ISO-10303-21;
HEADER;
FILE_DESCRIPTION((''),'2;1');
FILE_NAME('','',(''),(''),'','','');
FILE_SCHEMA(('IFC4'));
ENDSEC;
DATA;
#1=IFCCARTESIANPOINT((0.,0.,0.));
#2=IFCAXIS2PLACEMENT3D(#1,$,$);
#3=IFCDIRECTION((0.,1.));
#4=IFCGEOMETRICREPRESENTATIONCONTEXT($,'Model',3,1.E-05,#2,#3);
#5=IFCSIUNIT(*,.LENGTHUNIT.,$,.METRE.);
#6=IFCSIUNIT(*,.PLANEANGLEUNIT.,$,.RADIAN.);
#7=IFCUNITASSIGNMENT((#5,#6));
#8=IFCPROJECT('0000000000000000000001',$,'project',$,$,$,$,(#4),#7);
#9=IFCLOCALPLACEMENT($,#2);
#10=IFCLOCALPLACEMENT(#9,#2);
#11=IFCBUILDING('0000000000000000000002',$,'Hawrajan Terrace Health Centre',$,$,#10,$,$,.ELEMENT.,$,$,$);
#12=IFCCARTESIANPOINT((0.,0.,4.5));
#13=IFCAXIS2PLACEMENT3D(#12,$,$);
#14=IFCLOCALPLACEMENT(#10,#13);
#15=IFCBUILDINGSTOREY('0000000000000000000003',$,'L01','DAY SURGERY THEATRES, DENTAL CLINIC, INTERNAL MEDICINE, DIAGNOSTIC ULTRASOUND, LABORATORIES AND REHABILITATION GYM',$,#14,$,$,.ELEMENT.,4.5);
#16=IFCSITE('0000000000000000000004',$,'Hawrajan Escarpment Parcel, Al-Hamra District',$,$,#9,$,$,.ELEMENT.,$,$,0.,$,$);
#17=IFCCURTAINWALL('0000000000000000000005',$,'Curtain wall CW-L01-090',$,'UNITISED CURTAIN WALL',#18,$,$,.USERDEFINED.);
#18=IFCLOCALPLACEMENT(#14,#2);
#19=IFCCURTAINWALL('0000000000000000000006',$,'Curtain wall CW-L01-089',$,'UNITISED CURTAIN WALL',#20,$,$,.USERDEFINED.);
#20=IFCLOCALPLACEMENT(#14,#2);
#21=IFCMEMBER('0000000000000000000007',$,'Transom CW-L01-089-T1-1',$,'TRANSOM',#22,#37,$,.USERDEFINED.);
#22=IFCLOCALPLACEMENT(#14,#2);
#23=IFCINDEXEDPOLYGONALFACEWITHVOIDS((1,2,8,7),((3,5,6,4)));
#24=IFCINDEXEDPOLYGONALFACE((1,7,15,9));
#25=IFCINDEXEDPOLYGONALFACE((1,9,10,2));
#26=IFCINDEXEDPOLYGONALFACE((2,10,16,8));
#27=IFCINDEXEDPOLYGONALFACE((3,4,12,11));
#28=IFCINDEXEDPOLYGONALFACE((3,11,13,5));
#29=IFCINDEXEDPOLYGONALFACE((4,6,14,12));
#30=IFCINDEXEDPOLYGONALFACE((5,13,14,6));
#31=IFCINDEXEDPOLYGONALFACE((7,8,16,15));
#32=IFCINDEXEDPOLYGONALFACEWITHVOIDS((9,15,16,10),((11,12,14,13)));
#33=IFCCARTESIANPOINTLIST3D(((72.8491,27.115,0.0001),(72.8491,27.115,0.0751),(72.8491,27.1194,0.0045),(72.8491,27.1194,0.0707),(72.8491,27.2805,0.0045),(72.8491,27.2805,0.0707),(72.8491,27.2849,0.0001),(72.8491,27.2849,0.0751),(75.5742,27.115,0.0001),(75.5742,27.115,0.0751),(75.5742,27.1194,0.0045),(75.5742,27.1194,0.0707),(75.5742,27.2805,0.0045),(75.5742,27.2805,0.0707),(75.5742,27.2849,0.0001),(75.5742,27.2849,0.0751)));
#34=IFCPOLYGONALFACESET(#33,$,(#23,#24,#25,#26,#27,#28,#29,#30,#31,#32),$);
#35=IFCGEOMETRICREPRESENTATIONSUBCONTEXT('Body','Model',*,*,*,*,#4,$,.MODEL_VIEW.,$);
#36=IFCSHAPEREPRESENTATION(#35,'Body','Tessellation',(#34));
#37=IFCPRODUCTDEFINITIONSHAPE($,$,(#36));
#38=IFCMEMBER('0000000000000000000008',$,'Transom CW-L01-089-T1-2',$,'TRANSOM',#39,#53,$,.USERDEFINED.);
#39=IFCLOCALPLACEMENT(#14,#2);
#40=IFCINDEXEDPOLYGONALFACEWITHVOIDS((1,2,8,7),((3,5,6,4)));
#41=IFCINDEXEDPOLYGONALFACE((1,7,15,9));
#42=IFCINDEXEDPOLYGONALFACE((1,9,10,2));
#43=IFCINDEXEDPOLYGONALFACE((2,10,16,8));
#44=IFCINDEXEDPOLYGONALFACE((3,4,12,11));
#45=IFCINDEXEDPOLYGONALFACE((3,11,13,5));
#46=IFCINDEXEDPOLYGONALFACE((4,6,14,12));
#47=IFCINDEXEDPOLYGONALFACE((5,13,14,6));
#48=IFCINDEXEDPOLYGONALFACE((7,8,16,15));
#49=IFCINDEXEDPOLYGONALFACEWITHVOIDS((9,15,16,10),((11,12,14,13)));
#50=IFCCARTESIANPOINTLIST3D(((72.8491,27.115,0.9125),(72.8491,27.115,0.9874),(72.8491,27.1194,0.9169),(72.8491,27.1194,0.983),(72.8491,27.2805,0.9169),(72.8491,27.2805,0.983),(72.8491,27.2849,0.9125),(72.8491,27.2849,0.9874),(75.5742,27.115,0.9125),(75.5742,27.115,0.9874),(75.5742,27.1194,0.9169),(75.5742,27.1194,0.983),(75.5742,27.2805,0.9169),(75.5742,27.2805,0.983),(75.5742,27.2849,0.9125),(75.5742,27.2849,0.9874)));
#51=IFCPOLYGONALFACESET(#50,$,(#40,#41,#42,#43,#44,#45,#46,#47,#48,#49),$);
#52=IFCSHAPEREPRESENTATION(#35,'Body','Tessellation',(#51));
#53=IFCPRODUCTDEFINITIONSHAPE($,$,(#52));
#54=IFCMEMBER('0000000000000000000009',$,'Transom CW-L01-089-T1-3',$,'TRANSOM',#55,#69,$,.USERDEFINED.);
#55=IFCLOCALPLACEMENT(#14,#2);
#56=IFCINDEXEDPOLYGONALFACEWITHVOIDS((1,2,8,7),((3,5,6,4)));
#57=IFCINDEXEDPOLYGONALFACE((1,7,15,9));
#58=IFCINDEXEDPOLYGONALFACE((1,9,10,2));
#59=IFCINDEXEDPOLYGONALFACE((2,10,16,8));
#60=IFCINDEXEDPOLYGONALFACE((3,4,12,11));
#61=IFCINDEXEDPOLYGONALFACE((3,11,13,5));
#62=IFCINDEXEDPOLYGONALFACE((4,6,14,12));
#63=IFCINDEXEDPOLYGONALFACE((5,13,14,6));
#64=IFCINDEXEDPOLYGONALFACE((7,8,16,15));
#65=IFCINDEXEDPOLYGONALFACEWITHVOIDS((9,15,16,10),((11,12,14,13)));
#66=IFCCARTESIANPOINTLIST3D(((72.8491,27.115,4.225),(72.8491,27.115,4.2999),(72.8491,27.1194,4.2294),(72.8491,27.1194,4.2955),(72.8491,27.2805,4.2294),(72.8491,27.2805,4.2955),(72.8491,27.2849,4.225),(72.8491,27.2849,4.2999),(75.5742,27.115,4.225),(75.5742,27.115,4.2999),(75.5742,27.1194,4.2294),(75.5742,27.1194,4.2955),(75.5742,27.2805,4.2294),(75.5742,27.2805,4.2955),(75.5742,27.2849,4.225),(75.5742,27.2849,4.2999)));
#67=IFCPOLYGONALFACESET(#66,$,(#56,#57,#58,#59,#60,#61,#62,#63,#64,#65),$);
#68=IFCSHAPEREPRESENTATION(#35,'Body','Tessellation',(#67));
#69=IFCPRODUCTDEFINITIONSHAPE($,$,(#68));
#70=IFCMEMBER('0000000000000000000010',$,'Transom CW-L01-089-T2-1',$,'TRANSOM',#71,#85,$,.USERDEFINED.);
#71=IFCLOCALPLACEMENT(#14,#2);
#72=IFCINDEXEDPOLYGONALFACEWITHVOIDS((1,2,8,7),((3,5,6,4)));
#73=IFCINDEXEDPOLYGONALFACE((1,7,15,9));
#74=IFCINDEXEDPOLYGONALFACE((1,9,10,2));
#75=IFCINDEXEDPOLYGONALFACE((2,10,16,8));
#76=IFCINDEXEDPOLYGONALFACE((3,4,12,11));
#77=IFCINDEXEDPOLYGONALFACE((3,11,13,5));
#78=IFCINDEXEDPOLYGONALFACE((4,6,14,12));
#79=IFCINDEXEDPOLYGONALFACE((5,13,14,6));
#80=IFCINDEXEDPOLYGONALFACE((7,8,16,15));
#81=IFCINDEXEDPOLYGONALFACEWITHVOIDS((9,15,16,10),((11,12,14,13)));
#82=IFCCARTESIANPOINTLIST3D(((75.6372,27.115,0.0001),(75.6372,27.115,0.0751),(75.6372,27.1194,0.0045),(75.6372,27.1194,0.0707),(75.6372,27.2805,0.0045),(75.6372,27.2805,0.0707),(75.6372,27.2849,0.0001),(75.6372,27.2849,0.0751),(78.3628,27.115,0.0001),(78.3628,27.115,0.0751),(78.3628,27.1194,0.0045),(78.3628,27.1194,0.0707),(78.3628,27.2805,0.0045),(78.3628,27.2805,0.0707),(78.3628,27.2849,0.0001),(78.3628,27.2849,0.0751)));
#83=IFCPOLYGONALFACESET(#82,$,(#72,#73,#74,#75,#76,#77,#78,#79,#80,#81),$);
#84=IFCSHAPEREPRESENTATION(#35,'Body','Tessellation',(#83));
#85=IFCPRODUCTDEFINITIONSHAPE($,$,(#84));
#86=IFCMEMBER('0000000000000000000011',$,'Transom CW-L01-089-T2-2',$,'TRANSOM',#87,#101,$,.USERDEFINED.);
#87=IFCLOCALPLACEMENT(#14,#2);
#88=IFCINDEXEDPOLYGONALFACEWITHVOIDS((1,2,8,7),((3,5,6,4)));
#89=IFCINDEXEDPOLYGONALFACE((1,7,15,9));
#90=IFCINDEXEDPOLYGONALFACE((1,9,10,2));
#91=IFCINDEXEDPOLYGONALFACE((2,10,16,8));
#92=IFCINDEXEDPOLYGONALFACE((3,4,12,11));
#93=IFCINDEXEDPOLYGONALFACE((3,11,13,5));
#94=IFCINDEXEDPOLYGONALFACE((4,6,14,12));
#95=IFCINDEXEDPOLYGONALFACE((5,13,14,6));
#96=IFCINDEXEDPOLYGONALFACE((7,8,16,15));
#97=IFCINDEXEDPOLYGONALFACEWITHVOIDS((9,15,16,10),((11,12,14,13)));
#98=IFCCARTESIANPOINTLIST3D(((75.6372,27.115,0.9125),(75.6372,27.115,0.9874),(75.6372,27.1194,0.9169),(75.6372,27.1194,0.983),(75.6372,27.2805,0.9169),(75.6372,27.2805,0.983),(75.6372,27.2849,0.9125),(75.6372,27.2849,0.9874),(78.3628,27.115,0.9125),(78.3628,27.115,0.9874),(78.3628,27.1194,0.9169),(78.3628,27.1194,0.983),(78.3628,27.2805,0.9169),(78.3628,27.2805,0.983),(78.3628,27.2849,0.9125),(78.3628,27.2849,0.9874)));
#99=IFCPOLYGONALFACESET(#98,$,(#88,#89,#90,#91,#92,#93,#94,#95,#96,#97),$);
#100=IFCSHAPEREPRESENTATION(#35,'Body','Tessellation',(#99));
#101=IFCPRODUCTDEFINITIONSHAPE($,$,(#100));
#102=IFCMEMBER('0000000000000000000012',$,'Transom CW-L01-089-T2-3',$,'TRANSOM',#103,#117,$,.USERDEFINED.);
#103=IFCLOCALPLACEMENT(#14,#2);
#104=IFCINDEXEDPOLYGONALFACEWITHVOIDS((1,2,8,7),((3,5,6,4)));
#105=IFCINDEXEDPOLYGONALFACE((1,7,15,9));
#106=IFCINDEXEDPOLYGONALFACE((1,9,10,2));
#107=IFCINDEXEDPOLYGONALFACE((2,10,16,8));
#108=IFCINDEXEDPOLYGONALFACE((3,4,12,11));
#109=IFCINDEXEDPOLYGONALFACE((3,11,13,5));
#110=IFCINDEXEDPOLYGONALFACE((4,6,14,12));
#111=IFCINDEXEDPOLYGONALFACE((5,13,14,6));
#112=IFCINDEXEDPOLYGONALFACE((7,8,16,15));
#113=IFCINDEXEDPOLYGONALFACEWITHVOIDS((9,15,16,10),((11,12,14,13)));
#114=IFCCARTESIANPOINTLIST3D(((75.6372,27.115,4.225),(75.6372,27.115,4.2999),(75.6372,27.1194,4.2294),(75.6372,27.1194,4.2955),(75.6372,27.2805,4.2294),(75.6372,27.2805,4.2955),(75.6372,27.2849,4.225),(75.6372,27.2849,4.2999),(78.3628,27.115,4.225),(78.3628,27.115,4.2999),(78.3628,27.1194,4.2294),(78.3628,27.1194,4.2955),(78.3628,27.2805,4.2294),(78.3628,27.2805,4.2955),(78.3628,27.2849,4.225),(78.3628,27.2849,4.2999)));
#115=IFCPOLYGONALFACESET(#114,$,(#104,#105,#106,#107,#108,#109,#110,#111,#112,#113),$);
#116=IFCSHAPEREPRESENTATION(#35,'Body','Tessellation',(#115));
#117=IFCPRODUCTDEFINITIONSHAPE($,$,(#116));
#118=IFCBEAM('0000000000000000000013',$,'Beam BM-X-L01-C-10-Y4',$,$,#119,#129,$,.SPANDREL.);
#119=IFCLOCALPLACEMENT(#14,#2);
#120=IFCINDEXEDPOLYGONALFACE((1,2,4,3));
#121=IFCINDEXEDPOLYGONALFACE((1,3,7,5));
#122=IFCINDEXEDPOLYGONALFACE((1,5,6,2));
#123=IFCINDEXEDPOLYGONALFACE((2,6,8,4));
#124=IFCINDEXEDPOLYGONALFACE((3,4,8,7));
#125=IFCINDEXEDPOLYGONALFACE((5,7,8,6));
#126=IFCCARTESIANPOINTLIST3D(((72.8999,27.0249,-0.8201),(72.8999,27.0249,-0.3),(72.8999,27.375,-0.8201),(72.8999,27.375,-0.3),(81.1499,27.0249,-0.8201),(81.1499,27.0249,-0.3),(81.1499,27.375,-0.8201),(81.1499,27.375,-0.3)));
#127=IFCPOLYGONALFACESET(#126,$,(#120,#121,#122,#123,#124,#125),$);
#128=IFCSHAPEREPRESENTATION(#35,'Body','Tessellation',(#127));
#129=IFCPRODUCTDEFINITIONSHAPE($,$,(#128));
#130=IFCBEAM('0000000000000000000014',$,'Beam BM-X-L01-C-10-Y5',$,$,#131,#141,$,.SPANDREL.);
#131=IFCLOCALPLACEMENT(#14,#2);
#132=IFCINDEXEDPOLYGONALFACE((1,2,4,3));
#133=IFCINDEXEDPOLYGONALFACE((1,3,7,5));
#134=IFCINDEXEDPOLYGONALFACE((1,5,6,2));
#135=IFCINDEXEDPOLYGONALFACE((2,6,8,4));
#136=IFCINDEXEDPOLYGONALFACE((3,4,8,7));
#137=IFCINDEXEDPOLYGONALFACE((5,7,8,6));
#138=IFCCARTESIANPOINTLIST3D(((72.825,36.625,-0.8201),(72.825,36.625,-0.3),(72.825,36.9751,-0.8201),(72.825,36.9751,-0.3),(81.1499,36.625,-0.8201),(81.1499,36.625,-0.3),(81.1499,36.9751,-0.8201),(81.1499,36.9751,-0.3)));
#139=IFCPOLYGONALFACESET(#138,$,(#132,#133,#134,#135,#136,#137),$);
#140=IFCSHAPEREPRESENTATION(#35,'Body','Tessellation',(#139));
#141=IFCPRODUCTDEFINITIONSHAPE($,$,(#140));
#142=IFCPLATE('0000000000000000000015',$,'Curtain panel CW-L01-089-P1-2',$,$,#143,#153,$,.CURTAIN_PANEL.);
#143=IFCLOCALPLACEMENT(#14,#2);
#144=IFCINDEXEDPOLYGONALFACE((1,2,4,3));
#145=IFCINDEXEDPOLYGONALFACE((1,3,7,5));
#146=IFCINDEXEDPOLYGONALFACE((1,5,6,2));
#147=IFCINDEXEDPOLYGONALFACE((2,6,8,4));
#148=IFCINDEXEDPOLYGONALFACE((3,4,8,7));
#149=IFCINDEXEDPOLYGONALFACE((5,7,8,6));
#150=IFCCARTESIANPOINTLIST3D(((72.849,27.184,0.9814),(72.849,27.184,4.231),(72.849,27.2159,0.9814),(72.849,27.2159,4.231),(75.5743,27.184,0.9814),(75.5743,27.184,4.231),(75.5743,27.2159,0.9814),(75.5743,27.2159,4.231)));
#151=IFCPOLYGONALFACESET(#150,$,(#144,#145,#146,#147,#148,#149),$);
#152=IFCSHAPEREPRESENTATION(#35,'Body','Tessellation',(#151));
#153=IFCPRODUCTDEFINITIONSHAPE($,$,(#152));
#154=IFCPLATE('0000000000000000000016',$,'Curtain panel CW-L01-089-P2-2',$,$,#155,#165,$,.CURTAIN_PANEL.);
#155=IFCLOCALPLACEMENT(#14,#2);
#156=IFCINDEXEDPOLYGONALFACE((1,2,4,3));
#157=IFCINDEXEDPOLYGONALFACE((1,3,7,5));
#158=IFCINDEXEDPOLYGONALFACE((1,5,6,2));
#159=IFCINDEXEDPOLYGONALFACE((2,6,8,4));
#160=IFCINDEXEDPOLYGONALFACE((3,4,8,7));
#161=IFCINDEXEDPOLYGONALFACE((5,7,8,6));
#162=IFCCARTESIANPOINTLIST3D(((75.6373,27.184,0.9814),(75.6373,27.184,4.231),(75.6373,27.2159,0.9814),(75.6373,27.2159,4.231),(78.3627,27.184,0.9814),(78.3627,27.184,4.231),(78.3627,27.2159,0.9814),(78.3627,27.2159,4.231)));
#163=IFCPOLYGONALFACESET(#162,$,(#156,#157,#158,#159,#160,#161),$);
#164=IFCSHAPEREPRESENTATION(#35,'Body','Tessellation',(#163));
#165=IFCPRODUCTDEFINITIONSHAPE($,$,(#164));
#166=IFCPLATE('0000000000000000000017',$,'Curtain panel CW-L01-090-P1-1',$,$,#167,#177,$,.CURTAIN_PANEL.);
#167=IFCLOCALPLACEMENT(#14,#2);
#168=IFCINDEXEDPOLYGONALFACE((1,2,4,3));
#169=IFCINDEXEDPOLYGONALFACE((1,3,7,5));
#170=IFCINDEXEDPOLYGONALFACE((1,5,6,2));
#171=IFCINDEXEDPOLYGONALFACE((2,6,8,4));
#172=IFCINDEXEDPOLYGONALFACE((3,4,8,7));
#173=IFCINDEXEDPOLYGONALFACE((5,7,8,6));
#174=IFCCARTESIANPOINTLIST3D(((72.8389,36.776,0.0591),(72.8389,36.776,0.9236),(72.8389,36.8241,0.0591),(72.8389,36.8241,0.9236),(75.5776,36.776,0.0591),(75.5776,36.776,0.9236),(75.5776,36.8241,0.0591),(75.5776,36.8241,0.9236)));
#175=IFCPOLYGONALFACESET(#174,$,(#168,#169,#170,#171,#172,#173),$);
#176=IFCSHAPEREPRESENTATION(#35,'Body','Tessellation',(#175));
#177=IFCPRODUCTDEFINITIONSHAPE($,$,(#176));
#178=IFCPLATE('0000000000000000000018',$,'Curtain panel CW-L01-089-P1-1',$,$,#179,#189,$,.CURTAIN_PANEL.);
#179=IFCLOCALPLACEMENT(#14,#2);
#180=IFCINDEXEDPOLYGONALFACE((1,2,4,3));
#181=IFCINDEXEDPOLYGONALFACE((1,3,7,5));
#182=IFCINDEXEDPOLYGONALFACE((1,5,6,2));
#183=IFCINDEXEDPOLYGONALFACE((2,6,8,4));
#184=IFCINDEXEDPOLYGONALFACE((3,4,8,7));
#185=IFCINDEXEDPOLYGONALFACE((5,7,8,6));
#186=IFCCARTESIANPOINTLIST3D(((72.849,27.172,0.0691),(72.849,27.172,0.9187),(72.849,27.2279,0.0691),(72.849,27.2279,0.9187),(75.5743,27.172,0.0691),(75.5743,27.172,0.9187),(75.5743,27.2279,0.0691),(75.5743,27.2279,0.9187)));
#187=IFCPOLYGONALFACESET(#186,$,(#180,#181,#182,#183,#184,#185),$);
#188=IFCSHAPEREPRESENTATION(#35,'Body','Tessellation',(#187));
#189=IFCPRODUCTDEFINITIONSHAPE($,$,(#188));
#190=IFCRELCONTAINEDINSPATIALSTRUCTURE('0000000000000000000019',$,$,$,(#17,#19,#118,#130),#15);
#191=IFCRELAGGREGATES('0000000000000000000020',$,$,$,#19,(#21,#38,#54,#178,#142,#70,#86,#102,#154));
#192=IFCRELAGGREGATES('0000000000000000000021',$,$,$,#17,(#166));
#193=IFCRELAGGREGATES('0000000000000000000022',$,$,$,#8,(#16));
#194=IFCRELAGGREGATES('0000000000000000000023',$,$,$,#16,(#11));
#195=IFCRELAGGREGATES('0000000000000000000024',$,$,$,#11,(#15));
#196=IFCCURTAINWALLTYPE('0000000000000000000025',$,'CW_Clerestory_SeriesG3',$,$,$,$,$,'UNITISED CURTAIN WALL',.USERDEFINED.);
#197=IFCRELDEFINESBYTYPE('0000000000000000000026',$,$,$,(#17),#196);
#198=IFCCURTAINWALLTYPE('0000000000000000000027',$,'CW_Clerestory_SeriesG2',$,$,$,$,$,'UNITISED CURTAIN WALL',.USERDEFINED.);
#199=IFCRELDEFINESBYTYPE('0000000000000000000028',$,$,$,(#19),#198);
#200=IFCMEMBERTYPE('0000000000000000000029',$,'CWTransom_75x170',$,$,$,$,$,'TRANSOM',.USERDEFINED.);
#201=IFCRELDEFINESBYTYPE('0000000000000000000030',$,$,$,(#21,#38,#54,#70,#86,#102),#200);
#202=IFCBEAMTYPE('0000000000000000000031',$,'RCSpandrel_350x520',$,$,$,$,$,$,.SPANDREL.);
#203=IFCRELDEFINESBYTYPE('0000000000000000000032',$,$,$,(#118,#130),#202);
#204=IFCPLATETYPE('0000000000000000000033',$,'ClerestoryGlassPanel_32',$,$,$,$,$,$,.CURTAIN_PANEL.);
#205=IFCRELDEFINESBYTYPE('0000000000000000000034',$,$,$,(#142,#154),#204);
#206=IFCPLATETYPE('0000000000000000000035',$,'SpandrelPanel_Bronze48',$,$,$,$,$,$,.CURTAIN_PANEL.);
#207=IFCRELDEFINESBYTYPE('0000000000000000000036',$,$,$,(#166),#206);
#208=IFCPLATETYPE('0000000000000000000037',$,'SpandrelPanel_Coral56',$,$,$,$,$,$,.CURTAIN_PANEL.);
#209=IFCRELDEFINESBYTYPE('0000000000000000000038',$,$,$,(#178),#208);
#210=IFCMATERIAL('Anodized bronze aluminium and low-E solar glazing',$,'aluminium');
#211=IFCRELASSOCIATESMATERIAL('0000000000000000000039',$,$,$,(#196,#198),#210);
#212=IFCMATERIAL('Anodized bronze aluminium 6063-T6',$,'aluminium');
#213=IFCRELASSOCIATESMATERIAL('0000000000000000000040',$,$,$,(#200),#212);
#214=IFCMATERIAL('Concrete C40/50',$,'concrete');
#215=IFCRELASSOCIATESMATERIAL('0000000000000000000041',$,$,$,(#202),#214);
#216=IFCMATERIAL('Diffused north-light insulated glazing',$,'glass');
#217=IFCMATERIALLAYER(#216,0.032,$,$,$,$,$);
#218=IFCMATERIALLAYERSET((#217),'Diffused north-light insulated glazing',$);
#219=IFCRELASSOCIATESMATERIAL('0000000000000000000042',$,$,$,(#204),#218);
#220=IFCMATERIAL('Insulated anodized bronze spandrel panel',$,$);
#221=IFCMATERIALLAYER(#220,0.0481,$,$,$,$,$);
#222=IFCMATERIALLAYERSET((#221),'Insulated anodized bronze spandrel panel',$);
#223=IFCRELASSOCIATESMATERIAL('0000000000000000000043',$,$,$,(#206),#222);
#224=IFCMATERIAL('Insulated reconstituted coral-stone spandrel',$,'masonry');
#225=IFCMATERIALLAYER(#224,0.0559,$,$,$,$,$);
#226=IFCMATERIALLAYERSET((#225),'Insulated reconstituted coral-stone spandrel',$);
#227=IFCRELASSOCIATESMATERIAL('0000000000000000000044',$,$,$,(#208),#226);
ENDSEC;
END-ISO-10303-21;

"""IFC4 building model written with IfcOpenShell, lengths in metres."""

from ifc_helpers import new_model, si_unit, direction, frame, origin, origin_2d, place, context, subcontext, project, spatial, rectangle, hollow_rectangle, extrude, material, layer, layer_set, material_profile, profile_set, type_object, element, aggregate, save


model = new_model("IFC4")

# Units and contexts
model_context = context("Model", 3, precision=1e-05, world=origin(), true_north=direction((0.0, 1.0)))
body_context = subcontext(model_context, "Body", "Model", "MODEL_VIEW")
ifc_project = project(units=[si_unit("LENGTHUNIT", "METRE"), si_unit("PLANEANGLEUNIT", "RADIAN")], contexts=[model_context])

# Site, building, storey
site_placement = place(None, origin())
site = spatial("IfcSite", under=ifc_project, at=site_placement, Name="Hawrajan Escarpment Parcel, Al-Hamra District", CompositionType="ELEMENT", RefElevation=0.0)
building_placement = place(site_placement, origin())
building = spatial("IfcBuilding", under=site, at=building_placement, Name="Hawrajan Terrace Health Centre", CompositionType="ELEMENT")
storey_placement = place(building_placement, frame((0.0, 0.0, 4.5)))
storey = spatial("IfcBuildingStorey", under=building, at=storey_placement, Name="L01", Description="DAY SURGERY THEATRES, DENTAL CLINIC, INTERNAL MEDICINE, DIAGNOSTIC ULTRASOUND, LABORATORIES AND REHABILITATION GYM", CompositionType="ELEMENT", Elevation=4.5)

# Curtain walls
ifc_material_1 = material(Name="Anodized bronze aluminium and low-E solar glazing", Category="aluminium")
curtain_wall_type_1 = type_object("IfcCurtainWallType", Name="CW_Clerestory_SeriesG3", ElementType="UNITISED CURTAIN WALL", PredefinedType="USERDEFINED", material=ifc_material_1)
curtain_wall_1_placement = place(storey_placement, origin())
curtain_wall_1 = element("IfcCurtainWall", 1, at=curtain_wall_1_placement, inside=storey, type_object=curtain_wall_type_1, Name="Curtain wall CW-L01-090", ObjectType="UNITISED CURTAIN WALL", PredefinedType="USERDEFINED")
ifc_material_2 = material(Name="Anodized bronze aluminium 6063-T6", Category="aluminium")
curtain_wall_type_2 = type_object("IfcCurtainWallType", Name="CW_Clerestory_SeriesG2", ElementType="UNITISED CURTAIN WALL", PredefinedType="USERDEFINED", material=ifc_material_1)
curtain_wall_2_placement = place(storey_placement, origin())
curtain_wall_2 = element("IfcCurtainWall", 2, at=curtain_wall_2_placement, inside=storey, type_object=curtain_wall_type_2, Name="Curtain wall CW-L01-089", ObjectType="UNITISED CURTAIN WALL", PredefinedType="USERDEFINED")

# Members
ifc_material_profile_1 = material_profile(ifc_material_2, hollow_rectangle(XDim=0.075, YDim=0.1699, WallThickness=0.0044, at=origin_2d()), Name="CW TRN 75x170")
ifc_profile_set_1 = profile_set([ifc_material_profile_1], Name="Anodized bronze aluminium 6063-T6")
member_type_1 = type_object("IfcMemberType", Name="CWTransom_75x170", ElementType="TRANSOM", PredefinedType="USERDEFINED", material=ifc_profile_set_1)
member_1_placement = place(storey_placement, frame((72.8491, 27.2, 0.0376), z_axis=(1.0, 0.0, 0.0), x_axis=(0.0, 0.0, 1.0)))
member_1 = element("IfcMember", 3, at=member_1_placement, type_object=member_type_1, Name="Transom CW-L01-089-T1-1", ObjectType="TRANSOM", PredefinedType="USERDEFINED", context=body_context, shape_type="SweptSolid", body=[
    extrude(hollow_rectangle(XDim=0.075, YDim=0.1699, WallThickness=0.0044, at=origin_2d()), origin(), (0.0, 0.0, 1.0), 2.7251),
])
member_2_placement = place(storey_placement, frame((72.8491, 27.2, 0.95), z_axis=(1.0, 0.0, 0.0), x_axis=(0.0, 0.0, 1.0)))
member_2 = element("IfcMember", 4, at=member_2_placement, type_object=member_type_1, Name="Transom CW-L01-089-T1-2", ObjectType="TRANSOM", PredefinedType="USERDEFINED", context=body_context, shape_type="SweptSolid", body=[
    extrude(hollow_rectangle(XDim=0.075, YDim=0.1699, WallThickness=0.0044, at=origin_2d()), origin(), (0.0, 0.0, 1.0), 2.7251),
])
member_3_placement = place(storey_placement, frame((72.8491, 27.2, 4.2625), z_axis=(1.0, 0.0, 0.0), x_axis=(0.0, 0.0, 1.0)))
member_3 = element("IfcMember", 5, at=member_3_placement, type_object=member_type_1, Name="Transom CW-L01-089-T1-3", ObjectType="TRANSOM", PredefinedType="USERDEFINED", context=body_context, shape_type="SweptSolid", body=[
    extrude(hollow_rectangle(XDim=0.075, YDim=0.1699, WallThickness=0.0044, at=origin_2d()), origin(), (0.0, 0.0, 1.0), 2.7251),
])
member_4_placement = place(storey_placement, frame((75.6372, 27.2, 0.0376), z_axis=(1.0, 0.0, 0.0), x_axis=(0.0, 0.0, 1.0)))
member_4 = element("IfcMember", 6, at=member_4_placement, type_object=member_type_1, Name="Transom CW-L01-089-T2-1", ObjectType="TRANSOM", PredefinedType="USERDEFINED", context=body_context, shape_type="SweptSolid", body=[
    extrude(hollow_rectangle(XDim=0.075, YDim=0.1699, WallThickness=0.0044, at=origin_2d()), origin(), (0.0, 0.0, 1.0), 2.7256),
])
member_5_placement = place(storey_placement, frame((75.6372, 27.2, 0.95), z_axis=(1.0, 0.0, 0.0), x_axis=(0.0, 0.0, 1.0)))
member_5 = element("IfcMember", 7, at=member_5_placement, type_object=member_type_1, Name="Transom CW-L01-089-T2-2", ObjectType="TRANSOM", PredefinedType="USERDEFINED", context=body_context, shape_type="SweptSolid", body=[
    extrude(hollow_rectangle(XDim=0.075, YDim=0.1699, WallThickness=0.0044, at=origin_2d()), origin(), (0.0, 0.0, 1.0), 2.7256),
])
member_6_placement = place(storey_placement, frame((75.6372, 27.2, 4.2625), z_axis=(1.0, 0.0, 0.0), x_axis=(0.0, 0.0, 1.0)))
member_6 = element("IfcMember", 8, at=member_6_placement, type_object=member_type_1, Name="Transom CW-L01-089-T2-3", ObjectType="TRANSOM", PredefinedType="USERDEFINED", context=body_context, shape_type="SweptSolid", body=[
    extrude(hollow_rectangle(XDim=0.075, YDim=0.1699, WallThickness=0.0044, at=origin_2d()), origin(), (0.0, 0.0, 1.0), 2.7256),
])

# Beams
ifc_material_3 = material(Name="Concrete C40/50", Category="concrete")
ifc_material_profile_2 = material_profile(ifc_material_3, rectangle(XDim=0.3501, YDim=0.52, at=origin_2d()), Name="RC SP 350x520")
ifc_profile_set_2 = profile_set([ifc_material_profile_2], Name="Concrete C40/50")
beam_type = type_object("IfcBeamType", Name="RCSpandrel_350x520", PredefinedType="SPANDREL", material=ifc_profile_set_2)
beam_1_placement = place(storey_placement, frame((72.8999, 27.2, -0.5601), z_axis=(1.0, 0.0, 0.0), x_axis=(0.0, 1.0, 0.0)))
element("IfcBeam", 9, at=beam_1_placement, inside=storey, type_object=beam_type, Name="Beam BM-X-L01-C-10-Y4", PredefinedType="SPANDREL", context=body_context, shape_type="SweptSolid", body=[
    extrude(rectangle(XDim=0.3501, YDim=0.52, at=origin_2d()), origin(), (0.0, 0.0, 1.0), 8.25),
])
beam_2_placement = place(storey_placement, frame((72.825, 36.8, -0.5601), z_axis=(1.0, 0.0, 0.0), x_axis=(0.0, 1.0, 0.0)))
element("IfcBeam", 10, at=beam_2_placement, inside=storey, type_object=beam_type, Name="Beam BM-X-L01-C-10-Y5", PredefinedType="SPANDREL", context=body_context, shape_type="SweptSolid", body=[
    extrude(rectangle(XDim=0.3501, YDim=0.52, at=origin_2d()), origin(), (0.0, 0.0, 1.0), 8.325),
])

# Plates
ifc_material_4 = material(Name="Diffused north-light insulated glazing", Category="glass")
ifc_layer_1 = layer(ifc_material_4, 0.032)
ifc_layer_set_1 = layer_set([ifc_layer_1], Name="Diffused north-light insulated glazing")
plate_type_1 = type_object("IfcPlateType", Name="ClerestoryGlassPanel_32", PredefinedType="CURTAIN_PANEL", material=ifc_layer_set_1)
plate_1_placement = place(storey_placement, frame((74.2117, 27.2, 0.9814), z_axis=(0.0, 0.0, 1.0), x_axis=(1.0, 0.0, 0.0)))
plate_1 = element("IfcPlate", 11, at=plate_1_placement, type_object=plate_type_1, Name="Curtain panel CW-L01-089-P1-2", PredefinedType="CURTAIN_PANEL", context=body_context, shape_type="SweptSolid", body=[
    extrude(rectangle(XDim=2.7253, YDim=0.032, at=origin_2d()), origin(), (0.0, 0.0, 1.0), 3.2495),
])
plate_2_placement = place(storey_placement, frame((77.0, 27.2, 0.9814), z_axis=(0.0, 0.0, 1.0), x_axis=(1.0, 0.0, 0.0)))
plate_2 = element("IfcPlate", 12, at=plate_2_placement, type_object=plate_type_1, Name="Curtain panel CW-L01-089-P2-2", PredefinedType="CURTAIN_PANEL", context=body_context, shape_type="SweptSolid", body=[
    extrude(rectangle(XDim=2.7253, YDim=0.032, at=origin_2d()), origin(), (0.0, 0.0, 1.0), 3.2495),
])
ifc_material_5 = material(Name="Insulated anodized bronze spandrel panel")
ifc_layer_2 = layer(ifc_material_5, 0.0481)
ifc_layer_set_2 = layer_set([ifc_layer_2], Name="Insulated anodized bronze spandrel panel")
plate_type_2 = type_object("IfcPlateType", Name="SpandrelPanel_Bronze48", PredefinedType="CURTAIN_PANEL", material=ifc_layer_set_2)
plate_3_placement = place(storey_placement, frame((74.2083, 36.8, 0.0591), z_axis=(0.0, 0.0, 1.0), x_axis=(1.0, 0.0, 0.0)))
plate_3 = element("IfcPlate", 13, at=plate_3_placement, type_object=plate_type_2, Name="Curtain panel CW-L01-090-P1-1", PredefinedType="CURTAIN_PANEL", context=body_context, shape_type="SweptSolid", body=[
    extrude(rectangle(XDim=2.7388, YDim=0.0481, at=origin_2d()), origin(), (0.0, 0.0, 1.0), 0.8645),
])
ifc_material_6 = material(Name="Insulated reconstituted coral-stone spandrel", Category="masonry")
ifc_layer_3 = layer(ifc_material_6, 0.0559)
ifc_layer_set_3 = layer_set([ifc_layer_3], Name="Insulated reconstituted coral-stone spandrel")
plate_type_3 = type_object("IfcPlateType", Name="SpandrelPanel_Coral56", PredefinedType="CURTAIN_PANEL", material=ifc_layer_set_3)
plate_4_placement = place(storey_placement, frame((74.2117, 27.2, 0.0691), z_axis=(0.0, 0.0, 1.0), x_axis=(1.0, 0.0, 0.0)))
plate_4 = element("IfcPlate", 14, at=plate_4_placement, type_object=plate_type_3, Name="Curtain panel CW-L01-089-P1-1", PredefinedType="CURTAIN_PANEL", context=body_context, shape_type="SweptSolid", body=[
    extrude(rectangle(XDim=2.7253, YDim=0.0559, at=origin_2d()), origin(), (0.0, 0.0, 1.0), 0.8496),
])
aggregate(curtain_wall_2, [member_1, member_2, member_3, plate_4, plate_1, member_4, member_5, member_6, plate_2])
aggregate(curtain_wall_1, [plate_3])

save(model, "model.ifc")
